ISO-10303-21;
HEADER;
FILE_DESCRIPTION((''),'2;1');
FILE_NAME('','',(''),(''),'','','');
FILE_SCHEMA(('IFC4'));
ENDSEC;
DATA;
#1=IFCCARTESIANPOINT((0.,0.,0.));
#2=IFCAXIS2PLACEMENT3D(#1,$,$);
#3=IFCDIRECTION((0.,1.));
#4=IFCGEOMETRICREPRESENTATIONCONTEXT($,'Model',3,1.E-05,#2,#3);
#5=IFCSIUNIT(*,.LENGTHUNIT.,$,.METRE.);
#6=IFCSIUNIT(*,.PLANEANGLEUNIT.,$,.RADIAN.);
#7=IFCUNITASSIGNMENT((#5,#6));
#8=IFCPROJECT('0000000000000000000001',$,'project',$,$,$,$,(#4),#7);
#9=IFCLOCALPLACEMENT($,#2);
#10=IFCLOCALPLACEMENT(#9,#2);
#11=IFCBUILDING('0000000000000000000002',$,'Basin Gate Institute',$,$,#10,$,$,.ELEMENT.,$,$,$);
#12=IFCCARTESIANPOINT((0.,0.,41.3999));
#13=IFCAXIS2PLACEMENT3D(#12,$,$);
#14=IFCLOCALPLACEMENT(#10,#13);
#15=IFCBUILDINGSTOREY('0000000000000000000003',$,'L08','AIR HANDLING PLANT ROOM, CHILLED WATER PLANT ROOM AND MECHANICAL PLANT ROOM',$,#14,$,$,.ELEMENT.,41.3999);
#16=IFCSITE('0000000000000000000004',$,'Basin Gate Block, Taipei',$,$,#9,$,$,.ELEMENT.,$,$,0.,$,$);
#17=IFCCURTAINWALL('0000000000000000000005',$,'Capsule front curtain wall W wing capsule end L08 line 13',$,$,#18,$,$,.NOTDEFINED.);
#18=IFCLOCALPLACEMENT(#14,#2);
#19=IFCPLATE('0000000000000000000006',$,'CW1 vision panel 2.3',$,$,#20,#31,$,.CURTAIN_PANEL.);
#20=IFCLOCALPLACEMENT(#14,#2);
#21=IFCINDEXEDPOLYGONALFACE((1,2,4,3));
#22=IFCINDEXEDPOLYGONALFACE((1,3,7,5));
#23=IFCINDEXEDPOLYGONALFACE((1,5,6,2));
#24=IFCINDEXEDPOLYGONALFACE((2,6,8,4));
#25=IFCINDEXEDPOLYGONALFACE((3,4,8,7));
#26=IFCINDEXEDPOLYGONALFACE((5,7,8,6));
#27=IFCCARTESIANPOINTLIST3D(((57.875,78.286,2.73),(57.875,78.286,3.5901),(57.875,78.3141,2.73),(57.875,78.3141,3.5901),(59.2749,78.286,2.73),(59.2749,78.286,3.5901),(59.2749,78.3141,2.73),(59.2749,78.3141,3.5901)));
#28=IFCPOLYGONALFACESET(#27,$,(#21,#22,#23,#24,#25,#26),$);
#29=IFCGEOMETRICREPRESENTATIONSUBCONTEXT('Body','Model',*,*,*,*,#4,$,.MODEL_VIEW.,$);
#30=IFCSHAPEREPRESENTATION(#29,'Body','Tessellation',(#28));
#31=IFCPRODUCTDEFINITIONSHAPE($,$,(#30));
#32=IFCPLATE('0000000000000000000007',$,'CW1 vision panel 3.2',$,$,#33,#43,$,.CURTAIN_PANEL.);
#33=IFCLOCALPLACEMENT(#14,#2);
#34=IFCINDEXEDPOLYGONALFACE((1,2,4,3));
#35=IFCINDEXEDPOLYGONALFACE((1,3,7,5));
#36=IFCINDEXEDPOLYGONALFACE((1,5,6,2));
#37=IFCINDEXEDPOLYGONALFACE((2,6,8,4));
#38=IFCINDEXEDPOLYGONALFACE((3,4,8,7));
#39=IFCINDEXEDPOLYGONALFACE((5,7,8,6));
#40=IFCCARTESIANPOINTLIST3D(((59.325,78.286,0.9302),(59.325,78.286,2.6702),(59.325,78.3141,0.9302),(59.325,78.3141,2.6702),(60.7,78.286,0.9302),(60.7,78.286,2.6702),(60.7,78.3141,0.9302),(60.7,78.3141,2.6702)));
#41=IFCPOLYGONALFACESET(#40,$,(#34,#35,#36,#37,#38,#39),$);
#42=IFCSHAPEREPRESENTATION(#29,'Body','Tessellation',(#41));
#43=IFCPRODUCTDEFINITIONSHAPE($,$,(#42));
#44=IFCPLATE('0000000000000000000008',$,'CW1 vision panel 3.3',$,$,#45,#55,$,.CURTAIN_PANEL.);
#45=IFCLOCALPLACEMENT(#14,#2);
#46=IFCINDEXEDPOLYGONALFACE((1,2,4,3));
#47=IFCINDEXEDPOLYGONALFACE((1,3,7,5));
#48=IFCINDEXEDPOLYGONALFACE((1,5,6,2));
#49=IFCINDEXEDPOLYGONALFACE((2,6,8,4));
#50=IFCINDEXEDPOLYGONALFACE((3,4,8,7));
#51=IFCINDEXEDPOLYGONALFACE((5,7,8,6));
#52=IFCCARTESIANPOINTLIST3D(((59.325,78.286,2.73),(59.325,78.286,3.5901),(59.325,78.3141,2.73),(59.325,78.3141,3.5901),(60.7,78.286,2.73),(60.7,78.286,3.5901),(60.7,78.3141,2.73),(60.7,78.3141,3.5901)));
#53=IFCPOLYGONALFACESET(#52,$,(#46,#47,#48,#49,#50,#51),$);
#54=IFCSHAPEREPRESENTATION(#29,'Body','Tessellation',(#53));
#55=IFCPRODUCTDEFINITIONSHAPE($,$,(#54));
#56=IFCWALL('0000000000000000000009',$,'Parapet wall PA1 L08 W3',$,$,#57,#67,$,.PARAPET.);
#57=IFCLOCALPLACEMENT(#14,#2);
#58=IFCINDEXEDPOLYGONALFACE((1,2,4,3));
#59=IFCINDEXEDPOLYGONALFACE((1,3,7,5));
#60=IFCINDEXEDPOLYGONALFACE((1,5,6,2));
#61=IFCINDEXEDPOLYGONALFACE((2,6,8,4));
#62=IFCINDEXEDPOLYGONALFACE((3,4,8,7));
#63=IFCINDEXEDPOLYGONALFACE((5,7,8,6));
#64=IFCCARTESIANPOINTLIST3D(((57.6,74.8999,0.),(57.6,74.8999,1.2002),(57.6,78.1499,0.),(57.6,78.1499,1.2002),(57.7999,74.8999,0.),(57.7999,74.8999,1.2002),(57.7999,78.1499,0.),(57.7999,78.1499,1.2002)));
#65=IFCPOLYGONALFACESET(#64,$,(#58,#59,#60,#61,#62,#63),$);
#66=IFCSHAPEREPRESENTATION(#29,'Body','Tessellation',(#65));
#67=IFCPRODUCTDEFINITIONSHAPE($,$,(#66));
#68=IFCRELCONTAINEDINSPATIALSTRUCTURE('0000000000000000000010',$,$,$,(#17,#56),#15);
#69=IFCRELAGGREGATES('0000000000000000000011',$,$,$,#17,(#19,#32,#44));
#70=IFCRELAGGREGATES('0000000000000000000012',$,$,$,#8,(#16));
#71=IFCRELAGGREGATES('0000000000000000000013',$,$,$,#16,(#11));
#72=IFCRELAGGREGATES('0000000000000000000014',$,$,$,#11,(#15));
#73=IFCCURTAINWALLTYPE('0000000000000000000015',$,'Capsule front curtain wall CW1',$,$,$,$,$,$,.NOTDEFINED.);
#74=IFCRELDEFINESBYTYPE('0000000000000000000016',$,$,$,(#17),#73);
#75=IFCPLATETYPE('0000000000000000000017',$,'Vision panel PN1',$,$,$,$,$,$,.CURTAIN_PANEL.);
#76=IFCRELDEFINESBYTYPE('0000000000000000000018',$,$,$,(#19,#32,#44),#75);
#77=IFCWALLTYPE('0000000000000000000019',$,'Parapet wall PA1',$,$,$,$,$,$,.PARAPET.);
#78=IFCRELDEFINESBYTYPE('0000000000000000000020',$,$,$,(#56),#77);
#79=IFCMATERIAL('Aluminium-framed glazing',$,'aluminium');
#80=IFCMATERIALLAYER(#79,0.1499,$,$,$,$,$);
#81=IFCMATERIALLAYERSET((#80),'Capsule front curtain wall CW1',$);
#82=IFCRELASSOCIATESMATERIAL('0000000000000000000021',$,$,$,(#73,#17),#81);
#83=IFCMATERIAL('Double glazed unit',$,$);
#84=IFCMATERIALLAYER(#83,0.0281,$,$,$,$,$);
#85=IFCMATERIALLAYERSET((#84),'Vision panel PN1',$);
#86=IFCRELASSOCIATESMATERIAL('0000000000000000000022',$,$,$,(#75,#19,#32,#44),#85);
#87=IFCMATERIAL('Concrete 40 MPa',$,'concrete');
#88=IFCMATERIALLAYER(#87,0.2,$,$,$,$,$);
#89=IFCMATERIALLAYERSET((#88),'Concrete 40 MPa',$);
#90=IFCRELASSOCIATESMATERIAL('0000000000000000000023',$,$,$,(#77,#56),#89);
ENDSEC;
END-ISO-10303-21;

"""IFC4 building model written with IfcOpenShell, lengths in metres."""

from ifc_helpers import new_model, si_unit, direction, frame, frame_2d, origin, origin_2d, place, context, subcontext, project, spatial, rectangle, extrude, material, layer, layer_set, type_object, element, aggregate, save


model = new_model("IFC4")

# Units and contexts
model_context = context("Model", 3, precision=1e-05, world=origin(), true_north=direction((0.0, 1.0)))
body_context = subcontext(model_context, "Body", "Model", "MODEL_VIEW")
ifc_project = project(units=[si_unit("LENGTHUNIT", "METRE"), si_unit("PLANEANGLEUNIT", "RADIAN")], contexts=[model_context])

# Site, building, storey
site_placement = place(None, origin())
site = spatial("IfcSite", under=ifc_project, at=site_placement, Name="Basin Gate Block, Taipei", CompositionType="ELEMENT", RefElevation=0.0)
building_placement = place(site_placement, origin())
building = spatial("IfcBuilding", under=site, at=building_placement, Name="Basin Gate Institute", CompositionType="ELEMENT")
storey_placement = place(building_placement, frame((0.0, 0.0, 41.3999)))
storey = spatial("IfcBuildingStorey", under=building, at=storey_placement, Name="L08", Description="AIR HANDLING PLANT ROOM, CHILLED WATER PLANT ROOM AND MECHANICAL PLANT ROOM", CompositionType="ELEMENT", Elevation=41.3999)

# Curtain wall
ifc_material_1 = material(Name="Aluminium-framed glazing", Category="aluminium")
ifc_layer_1 = layer(ifc_material_1, 0.1499)
ifc_layer_set_1 = layer_set([ifc_layer_1], Name="Capsule front curtain wall CW1")
curtain_wall_type = type_object("IfcCurtainWallType", Name="Capsule front curtain wall CW1", PredefinedType="NOTDEFINED", material=ifc_layer_set_1)
curtain_wall_1_placement = place(storey_placement, origin())
curtain_wall_1 = element("IfcCurtainWall", 1, at=curtain_wall_1_placement, inside=storey, type_object=curtain_wall_type, material=ifc_layer_set_1, Name="Capsule front curtain wall W wing capsule end L08 line 13", PredefinedType="NOTDEFINED")

# Plates
ifc_material_2 = material(Name="Double glazed unit")
ifc_layer_2 = layer(ifc_material_2, 0.0281)
ifc_layer_set_2 = layer_set([ifc_layer_2], Name="Vision panel PN1")
plate_type_1 = type_object("IfcPlateType", Name="Vision panel PN1", PredefinedType="CURTAIN_PANEL", material=ifc_layer_set_2)
plate_1_placement = place(storey_placement, frame((58.575, 78.3, 2.73), z_axis=(0.0, 0.0, 1.0), x_axis=(1.0, 0.0, 0.0)))
plate_1 = element("IfcPlate", 2, at=plate_1_placement, type_object=plate_type_1, material=ifc_layer_set_2, Name="CW1 vision panel 2.3", PredefinedType="CURTAIN_PANEL", context=body_context, shape_type="SweptSolid", body=[
    extrude(rectangle(XDim=1.3999, YDim=0.0281, at=origin_2d()), origin(), (0.0, 0.0, 1.0), 0.8601),
])
plate_2_placement = place(storey_placement, frame((60.0125, 78.3, 0.9302), z_axis=(0.0, 0.0, 1.0), x_axis=(1.0, 0.0, 0.0)))
plate_2 = element("IfcPlate", 3, at=plate_2_placement, type_object=plate_type_1, material=ifc_layer_set_2, Name="CW1 vision panel 3.2", PredefinedType="CURTAIN_PANEL", context=body_context, shape_type="SweptSolid", body=[
    extrude(rectangle(XDim=1.375, YDim=0.0281, at=origin_2d()), origin(), (0.0, 0.0, 1.0), 1.74),
])
plate_3_placement = place(storey_placement, frame((60.0125, 78.3, 2.73), z_axis=(0.0, 0.0, 1.0), x_axis=(1.0, 0.0, 0.0)))
plate_3 = element("IfcPlate", 4, at=plate_3_placement, type_object=plate_type_1, material=ifc_layer_set_2, Name="CW1 vision panel 3.3", PredefinedType="CURTAIN_PANEL", context=body_context, shape_type="SweptSolid", body=[
    extrude(rectangle(XDim=1.375, YDim=0.0281, at=origin_2d()), origin(), (0.0, 0.0, 1.0), 0.8601),
])
aggregate(curtain_wall_1, [plate_1, plate_2, plate_3])

# Wall
ifc_material_3 = material(Name="Concrete 40 MPa", Category="concrete")
ifc_layer_3 = layer(ifc_material_3, 0.2)
ifc_layer_set_3 = layer_set([ifc_layer_3], Name="Concrete 40 MPa")
wall_type = type_object("IfcWallType", Name="Parapet wall PA1", PredefinedType="PARAPET", material=ifc_layer_set_3)
wall_placement = place(storey_placement, frame((57.7, 74.8999, 0.0), z_axis=(0.0, 0.0, 1.0), x_axis=(0.0, 1.0, 0.0)))
element("IfcWall", 5, at=wall_placement, inside=storey, type_object=wall_type, material=ifc_layer_set_3, Name="Parapet wall PA1 L08 W3", PredefinedType="PARAPET", context=body_context, shape_type="SweptSolid", body=[
    extrude(rectangle(XDim=3.25, YDim=0.2, at=frame_2d((1.625, 0.0))), origin(), (0.0, 0.0, 1.0), 1.2002),
])

save(model, "model.ifc")
